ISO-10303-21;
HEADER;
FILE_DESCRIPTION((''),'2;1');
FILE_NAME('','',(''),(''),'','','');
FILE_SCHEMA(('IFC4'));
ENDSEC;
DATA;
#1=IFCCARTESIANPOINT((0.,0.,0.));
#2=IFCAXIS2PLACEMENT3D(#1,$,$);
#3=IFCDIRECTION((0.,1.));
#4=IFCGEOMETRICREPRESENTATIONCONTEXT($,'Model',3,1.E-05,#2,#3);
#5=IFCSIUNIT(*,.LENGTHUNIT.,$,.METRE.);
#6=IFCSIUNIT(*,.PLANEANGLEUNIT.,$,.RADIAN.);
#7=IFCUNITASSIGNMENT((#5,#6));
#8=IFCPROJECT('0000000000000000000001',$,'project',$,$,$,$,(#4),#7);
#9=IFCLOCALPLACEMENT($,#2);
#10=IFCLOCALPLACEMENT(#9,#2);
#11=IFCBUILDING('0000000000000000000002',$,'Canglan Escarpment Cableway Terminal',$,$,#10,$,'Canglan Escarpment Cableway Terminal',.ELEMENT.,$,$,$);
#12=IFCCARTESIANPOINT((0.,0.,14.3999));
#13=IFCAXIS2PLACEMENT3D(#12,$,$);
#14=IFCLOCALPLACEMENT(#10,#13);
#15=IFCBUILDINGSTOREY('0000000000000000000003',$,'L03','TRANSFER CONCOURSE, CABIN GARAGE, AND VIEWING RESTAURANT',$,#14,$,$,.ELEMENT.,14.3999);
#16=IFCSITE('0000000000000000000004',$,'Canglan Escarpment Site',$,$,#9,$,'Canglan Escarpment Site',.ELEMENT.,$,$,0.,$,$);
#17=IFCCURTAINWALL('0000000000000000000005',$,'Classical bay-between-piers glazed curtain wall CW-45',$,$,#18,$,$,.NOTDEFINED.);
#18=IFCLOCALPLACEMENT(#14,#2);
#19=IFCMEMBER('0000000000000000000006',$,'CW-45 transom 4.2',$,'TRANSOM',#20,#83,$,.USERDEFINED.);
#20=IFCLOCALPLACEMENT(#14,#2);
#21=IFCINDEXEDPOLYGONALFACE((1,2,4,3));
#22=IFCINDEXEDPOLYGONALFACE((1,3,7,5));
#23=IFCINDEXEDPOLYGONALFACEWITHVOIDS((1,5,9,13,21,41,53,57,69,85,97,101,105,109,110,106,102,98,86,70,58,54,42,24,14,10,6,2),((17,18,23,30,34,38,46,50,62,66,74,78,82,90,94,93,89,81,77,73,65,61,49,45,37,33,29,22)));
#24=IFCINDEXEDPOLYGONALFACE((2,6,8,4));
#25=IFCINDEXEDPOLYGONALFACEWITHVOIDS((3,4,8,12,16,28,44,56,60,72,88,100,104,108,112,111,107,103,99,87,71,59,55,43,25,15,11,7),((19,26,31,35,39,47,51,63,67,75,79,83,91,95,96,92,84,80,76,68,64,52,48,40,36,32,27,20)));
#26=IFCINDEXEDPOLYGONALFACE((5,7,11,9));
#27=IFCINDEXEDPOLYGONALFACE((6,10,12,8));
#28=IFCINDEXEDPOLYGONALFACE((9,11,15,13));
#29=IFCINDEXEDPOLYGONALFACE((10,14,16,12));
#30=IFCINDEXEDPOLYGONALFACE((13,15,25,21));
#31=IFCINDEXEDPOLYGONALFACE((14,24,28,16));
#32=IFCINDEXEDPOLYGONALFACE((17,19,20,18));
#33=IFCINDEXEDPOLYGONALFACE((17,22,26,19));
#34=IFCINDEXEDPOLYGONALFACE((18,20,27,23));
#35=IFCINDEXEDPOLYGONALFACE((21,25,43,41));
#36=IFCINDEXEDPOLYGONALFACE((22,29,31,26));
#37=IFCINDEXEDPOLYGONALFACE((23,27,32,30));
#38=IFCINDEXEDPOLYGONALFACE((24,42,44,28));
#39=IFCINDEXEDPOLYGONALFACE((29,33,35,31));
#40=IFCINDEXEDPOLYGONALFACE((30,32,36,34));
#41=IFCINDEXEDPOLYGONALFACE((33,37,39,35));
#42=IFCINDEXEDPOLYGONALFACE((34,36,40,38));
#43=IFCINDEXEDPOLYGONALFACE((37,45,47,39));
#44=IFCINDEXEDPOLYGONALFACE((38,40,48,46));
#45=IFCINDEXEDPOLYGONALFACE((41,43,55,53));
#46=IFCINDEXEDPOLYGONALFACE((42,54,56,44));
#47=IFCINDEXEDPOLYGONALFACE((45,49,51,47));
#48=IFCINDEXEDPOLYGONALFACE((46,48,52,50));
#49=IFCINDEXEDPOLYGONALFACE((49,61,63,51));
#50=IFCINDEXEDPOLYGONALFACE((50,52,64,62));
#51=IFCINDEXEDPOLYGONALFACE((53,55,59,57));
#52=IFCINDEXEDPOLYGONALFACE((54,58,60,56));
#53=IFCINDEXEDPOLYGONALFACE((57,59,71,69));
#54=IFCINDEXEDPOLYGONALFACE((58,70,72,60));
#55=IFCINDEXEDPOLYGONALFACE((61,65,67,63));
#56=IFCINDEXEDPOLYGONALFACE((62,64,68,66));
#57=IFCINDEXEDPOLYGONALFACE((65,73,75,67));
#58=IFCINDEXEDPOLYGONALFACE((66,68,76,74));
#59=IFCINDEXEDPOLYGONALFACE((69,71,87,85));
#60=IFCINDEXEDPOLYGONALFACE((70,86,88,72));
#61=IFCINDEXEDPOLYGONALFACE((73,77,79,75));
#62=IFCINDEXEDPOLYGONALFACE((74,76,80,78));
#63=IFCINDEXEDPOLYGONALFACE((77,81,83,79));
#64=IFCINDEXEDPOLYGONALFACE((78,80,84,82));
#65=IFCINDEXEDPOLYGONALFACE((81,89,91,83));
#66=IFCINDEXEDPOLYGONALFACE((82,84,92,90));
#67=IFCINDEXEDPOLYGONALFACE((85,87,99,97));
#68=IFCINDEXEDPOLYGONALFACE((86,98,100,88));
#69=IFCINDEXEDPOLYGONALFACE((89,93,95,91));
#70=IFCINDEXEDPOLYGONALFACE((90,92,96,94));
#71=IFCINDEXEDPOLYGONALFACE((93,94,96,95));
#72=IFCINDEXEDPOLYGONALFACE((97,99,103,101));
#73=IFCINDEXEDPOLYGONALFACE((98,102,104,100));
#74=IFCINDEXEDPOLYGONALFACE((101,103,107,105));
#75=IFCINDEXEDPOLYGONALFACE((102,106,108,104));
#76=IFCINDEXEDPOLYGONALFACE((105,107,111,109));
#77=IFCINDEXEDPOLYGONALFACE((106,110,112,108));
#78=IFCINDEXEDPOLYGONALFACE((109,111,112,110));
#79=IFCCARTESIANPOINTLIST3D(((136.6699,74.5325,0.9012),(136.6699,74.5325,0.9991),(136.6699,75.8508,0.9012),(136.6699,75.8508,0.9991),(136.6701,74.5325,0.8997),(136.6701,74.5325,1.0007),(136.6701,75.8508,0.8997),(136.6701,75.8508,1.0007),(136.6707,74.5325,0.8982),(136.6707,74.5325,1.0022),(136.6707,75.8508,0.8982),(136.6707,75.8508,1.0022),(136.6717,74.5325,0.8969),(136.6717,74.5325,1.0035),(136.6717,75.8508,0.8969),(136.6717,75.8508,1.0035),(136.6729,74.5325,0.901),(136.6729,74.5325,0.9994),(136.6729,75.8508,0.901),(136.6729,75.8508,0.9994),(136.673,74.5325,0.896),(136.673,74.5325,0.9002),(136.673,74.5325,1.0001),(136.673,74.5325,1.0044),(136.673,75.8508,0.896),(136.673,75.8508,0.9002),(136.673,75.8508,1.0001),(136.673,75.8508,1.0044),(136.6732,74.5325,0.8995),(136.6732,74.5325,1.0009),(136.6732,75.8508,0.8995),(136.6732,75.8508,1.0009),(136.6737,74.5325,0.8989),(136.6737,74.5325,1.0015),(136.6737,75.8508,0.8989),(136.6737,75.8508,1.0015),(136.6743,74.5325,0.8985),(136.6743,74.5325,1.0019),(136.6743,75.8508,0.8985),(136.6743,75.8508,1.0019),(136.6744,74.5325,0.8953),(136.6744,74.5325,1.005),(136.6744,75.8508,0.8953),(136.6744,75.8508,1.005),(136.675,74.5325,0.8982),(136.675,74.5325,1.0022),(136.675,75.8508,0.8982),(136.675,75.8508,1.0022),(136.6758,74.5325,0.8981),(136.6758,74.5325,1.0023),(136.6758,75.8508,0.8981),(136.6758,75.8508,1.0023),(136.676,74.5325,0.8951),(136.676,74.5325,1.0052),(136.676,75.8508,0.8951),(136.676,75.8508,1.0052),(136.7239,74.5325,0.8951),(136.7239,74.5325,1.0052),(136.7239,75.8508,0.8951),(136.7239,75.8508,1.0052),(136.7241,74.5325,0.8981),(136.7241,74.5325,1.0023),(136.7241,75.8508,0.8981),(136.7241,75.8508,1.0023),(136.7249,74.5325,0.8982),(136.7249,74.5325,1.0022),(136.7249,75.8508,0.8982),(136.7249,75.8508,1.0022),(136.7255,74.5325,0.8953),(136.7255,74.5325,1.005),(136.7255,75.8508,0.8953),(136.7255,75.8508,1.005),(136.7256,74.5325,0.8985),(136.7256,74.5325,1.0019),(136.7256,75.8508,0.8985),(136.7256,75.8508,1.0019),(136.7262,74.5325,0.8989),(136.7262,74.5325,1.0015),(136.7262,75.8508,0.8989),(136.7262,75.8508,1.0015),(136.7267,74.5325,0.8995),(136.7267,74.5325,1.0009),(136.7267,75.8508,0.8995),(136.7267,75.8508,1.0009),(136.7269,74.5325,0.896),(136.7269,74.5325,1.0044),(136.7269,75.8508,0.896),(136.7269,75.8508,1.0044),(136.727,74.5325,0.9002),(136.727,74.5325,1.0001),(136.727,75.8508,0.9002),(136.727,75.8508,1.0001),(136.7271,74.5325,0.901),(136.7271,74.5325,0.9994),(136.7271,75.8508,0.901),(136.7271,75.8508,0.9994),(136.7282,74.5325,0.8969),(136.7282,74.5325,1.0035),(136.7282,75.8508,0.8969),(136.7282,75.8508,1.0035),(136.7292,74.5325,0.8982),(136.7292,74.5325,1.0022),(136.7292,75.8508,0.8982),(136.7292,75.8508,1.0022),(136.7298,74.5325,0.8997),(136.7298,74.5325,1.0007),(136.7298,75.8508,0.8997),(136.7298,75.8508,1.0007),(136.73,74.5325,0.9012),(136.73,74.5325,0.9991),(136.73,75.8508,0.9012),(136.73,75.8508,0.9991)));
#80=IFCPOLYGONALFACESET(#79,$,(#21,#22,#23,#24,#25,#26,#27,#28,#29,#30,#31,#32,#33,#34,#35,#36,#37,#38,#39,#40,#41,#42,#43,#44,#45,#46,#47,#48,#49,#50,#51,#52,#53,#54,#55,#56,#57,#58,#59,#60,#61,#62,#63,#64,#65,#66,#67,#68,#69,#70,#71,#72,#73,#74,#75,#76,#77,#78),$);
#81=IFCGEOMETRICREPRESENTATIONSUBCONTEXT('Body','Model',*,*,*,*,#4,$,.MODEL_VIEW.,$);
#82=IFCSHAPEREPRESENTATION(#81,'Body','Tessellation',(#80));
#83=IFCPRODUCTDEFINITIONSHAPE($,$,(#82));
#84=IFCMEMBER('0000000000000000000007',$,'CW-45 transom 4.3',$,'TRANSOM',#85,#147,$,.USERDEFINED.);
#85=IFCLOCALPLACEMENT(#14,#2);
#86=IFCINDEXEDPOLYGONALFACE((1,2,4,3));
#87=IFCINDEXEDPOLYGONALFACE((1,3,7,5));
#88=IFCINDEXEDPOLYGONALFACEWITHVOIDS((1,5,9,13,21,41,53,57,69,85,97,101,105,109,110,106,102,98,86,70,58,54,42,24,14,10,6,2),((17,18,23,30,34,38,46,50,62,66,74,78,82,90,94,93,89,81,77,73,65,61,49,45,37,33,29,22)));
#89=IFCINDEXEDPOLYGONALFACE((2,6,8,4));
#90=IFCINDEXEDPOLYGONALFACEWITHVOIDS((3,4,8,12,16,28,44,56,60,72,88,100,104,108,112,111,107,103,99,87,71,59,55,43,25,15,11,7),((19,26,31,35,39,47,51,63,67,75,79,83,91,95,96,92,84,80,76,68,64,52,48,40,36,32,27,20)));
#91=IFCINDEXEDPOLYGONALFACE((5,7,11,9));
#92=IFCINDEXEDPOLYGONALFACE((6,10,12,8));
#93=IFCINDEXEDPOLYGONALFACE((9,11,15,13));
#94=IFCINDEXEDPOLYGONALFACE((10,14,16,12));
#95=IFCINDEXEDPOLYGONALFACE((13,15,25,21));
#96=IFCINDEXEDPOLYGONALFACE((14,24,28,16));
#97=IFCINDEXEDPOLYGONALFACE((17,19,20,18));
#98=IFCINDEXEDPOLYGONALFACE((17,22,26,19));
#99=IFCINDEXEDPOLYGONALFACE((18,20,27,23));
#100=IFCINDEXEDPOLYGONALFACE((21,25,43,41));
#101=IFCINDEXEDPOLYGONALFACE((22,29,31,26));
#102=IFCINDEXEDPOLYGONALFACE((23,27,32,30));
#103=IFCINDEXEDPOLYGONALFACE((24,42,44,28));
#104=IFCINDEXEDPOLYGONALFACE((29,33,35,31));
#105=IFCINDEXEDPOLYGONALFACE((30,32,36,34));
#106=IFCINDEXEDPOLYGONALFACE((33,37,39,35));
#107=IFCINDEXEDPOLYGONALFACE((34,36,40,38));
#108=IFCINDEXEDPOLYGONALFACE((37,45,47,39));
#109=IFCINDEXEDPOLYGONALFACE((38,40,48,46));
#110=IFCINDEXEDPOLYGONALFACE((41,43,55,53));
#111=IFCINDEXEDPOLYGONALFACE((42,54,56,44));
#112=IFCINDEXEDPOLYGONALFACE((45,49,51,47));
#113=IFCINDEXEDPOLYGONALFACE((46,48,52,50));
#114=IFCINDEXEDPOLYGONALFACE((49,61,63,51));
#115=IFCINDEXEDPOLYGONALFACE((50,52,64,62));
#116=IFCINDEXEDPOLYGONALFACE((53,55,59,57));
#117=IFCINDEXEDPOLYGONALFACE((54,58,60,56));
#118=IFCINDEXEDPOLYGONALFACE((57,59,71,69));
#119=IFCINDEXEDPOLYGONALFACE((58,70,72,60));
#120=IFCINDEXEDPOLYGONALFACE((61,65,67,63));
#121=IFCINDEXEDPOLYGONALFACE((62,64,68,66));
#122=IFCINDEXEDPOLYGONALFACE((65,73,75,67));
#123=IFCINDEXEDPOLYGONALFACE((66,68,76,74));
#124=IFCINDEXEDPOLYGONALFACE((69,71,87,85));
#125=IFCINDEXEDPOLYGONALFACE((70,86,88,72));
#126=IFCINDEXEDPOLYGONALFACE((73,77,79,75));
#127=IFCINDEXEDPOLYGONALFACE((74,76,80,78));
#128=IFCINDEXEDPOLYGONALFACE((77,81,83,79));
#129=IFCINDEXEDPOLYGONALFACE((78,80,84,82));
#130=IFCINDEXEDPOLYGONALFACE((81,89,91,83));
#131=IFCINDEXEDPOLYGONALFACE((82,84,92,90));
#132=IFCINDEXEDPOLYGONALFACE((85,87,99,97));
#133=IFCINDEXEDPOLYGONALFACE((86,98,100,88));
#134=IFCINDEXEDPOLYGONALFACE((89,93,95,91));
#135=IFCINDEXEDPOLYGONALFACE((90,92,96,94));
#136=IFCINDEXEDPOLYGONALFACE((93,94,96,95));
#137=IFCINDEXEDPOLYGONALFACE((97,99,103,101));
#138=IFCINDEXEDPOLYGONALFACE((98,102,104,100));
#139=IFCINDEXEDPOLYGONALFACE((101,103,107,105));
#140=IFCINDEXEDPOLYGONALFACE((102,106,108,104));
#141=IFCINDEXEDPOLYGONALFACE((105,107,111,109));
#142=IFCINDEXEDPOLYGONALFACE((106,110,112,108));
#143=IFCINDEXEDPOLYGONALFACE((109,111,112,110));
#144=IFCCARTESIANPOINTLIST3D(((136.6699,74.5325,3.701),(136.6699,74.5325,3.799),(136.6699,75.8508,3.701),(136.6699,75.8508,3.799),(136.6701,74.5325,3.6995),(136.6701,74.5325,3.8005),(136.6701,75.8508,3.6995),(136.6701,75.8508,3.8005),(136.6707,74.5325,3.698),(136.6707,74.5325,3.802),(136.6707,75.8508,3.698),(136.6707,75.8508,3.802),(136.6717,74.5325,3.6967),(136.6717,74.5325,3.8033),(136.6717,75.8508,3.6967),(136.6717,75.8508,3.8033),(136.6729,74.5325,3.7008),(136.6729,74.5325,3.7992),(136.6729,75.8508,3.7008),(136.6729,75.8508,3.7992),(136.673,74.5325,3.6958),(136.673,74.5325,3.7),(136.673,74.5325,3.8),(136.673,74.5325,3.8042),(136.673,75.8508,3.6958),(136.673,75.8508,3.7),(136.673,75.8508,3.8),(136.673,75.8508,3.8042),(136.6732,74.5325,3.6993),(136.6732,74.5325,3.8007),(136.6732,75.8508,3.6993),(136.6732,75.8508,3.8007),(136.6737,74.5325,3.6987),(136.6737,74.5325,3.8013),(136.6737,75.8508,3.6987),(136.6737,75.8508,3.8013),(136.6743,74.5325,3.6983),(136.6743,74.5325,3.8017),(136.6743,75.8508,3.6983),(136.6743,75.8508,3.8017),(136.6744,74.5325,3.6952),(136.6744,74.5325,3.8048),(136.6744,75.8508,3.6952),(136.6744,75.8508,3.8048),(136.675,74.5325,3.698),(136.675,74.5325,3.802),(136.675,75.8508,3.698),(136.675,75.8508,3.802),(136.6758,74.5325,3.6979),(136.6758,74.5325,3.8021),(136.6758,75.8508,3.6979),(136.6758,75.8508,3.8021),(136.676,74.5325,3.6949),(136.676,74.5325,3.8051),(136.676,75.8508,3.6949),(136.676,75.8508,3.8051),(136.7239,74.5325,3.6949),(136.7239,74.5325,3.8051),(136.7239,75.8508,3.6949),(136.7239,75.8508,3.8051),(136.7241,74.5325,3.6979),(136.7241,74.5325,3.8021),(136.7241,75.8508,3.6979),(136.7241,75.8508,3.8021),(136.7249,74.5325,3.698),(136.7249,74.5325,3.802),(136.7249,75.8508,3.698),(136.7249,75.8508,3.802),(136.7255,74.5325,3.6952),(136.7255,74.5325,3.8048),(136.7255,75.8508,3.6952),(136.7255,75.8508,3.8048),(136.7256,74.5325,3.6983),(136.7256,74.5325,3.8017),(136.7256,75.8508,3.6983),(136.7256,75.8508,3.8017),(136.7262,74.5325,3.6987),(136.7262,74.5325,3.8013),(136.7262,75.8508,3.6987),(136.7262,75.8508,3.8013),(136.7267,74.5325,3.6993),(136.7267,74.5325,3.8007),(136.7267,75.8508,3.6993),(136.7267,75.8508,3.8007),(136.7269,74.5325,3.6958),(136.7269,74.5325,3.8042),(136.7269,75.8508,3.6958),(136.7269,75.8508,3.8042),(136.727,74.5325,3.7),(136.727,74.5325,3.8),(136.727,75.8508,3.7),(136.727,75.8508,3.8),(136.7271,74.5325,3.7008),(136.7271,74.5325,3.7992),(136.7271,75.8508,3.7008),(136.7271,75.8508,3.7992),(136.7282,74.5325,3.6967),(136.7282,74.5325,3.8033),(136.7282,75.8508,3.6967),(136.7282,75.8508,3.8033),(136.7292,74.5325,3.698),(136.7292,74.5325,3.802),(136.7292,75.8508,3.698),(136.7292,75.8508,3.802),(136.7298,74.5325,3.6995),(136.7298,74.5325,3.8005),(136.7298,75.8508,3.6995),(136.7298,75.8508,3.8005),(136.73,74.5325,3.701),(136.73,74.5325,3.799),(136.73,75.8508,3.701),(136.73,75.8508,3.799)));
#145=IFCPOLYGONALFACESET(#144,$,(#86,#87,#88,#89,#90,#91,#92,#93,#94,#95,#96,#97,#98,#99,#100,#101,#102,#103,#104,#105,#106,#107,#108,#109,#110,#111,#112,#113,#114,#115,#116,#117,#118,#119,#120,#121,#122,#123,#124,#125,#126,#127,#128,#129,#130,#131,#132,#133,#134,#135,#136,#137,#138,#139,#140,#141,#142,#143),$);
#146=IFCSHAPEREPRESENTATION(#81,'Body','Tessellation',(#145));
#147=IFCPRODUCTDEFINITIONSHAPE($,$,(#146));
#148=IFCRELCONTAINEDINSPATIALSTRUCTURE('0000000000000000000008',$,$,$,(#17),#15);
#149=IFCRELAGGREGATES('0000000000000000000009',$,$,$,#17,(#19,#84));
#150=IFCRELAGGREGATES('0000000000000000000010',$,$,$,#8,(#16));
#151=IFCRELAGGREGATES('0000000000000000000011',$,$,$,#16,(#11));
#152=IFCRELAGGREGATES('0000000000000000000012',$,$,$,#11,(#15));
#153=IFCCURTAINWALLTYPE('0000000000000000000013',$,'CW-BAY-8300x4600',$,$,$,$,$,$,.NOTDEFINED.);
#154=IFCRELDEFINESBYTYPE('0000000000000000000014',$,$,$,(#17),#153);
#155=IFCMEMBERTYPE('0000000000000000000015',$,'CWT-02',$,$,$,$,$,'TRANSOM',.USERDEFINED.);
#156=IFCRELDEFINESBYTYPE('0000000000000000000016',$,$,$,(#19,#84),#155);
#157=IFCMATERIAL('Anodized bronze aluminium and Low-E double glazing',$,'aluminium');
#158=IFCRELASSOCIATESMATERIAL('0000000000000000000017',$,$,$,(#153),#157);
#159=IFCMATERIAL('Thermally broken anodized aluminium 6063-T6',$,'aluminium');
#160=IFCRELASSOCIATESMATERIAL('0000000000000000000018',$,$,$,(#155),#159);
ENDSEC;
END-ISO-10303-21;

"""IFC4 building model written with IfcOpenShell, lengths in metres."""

from ifc_helpers import new_model, si_unit, direction, frame, origin, origin_2d, place, context, subcontext, project, spatial, hollow_rectangle, extrude, material, material_profile, profile_set, type_object, element, aggregate, save


model = new_model("IFC4")

# Units and contexts
model_context = context("Model", 3, precision=1e-05, world=origin(), true_north=direction((0.0, 1.0)))
body_context = subcontext(model_context, "Body", "Model", "MODEL_VIEW")
ifc_project = project(units=[si_unit("LENGTHUNIT", "METRE"), si_unit("PLANEANGLEUNIT", "RADIAN")], contexts=[model_context])

# Site, building, storey
site_placement = place(None, origin())
site = spatial("IfcSite", under=ifc_project, at=site_placement, Name="Canglan Escarpment Site", LongName="Canglan Escarpment Site", CompositionType="ELEMENT", RefElevation=0.0)
building_placement = place(site_placement, origin())
building = spatial("IfcBuilding", under=site, at=building_placement, Name="Canglan Escarpment Cableway Terminal", LongName="Canglan Escarpment Cableway Terminal", CompositionType="ELEMENT")
storey_placement = place(building_placement, frame((0.0, 0.0, 14.3999)))
storey = spatial("IfcBuildingStorey", under=building, at=storey_placement, Name="L03", Description="TRANSFER CONCOURSE, CABIN GARAGE, AND VIEWING RESTAURANT", CompositionType="ELEMENT", Elevation=14.3999)

# Curtain wall, members
ifc_material_1 = material(Name="Anodized bronze aluminium and Low-E double glazing", Category="aluminium")
curtain_wall_type = type_object("IfcCurtainWallType", Name="CW-BAY-8300x4600", PredefinedType="NOTDEFINED", material=ifc_material_1)
curtain_wall_placement = place(storey_placement, origin())
curtain_wall = element("IfcCurtainWall", 1, at=curtain_wall_placement, inside=storey, type_object=curtain_wall_type, Name="Classical bay-between-piers glazed curtain wall CW-45", PredefinedType="NOTDEFINED")
ifc_material_2 = material(Name="Thermally broken anodized aluminium 6063-T6", Category="aluminium")
ifc_material_profile_1 = material_profile(ifc_material_2, hollow_rectangle(XDim=0.0601, YDim=0.1101, WallThickness=0.0029, InnerFilletRadius=0.0029, OuterFilletRadius=0.0061, at=origin_2d()), Name="ALU-TRAN 60x110x3")
ifc_profile_set_1 = profile_set([ifc_material_profile_1], Name="Thermally broken anodized aluminium 6063-T6")
member_type_1 = type_object("IfcMemberType", Name="CWT-02", ElementType="TRANSOM", PredefinedType="USERDEFINED", material=ifc_profile_set_1)
member_1_placement = place(storey_placement, frame((136.7, 74.5325, 0.9502), z_axis=(0.0, 1.0, 0.0), x_axis=(-1.0, 0.0, 0.0)))
member_1 = element("IfcMember", 2, at=member_1_placement, type_object=member_type_1, Name="CW-45 transom 4.2", ObjectType="TRANSOM", PredefinedType="USERDEFINED", context=body_context, shape_type="SweptSolid", body=[
    extrude(hollow_rectangle(XDim=0.0601, YDim=0.1101, WallThickness=0.0029, InnerFilletRadius=0.0029, OuterFilletRadius=0.0061, at=origin_2d()), origin(), (0.0, 0.0, 1.0), 1.3184),
])
member_2_placement = place(storey_placement, frame((136.7, 74.5325, 3.75), z_axis=(0.0, 1.0, 0.0), x_axis=(-1.0, 0.0, 0.0)))
member_2 = element("IfcMember", 3, at=member_2_placement, type_object=member_type_1, Name="CW-45 transom 4.3", ObjectType="TRANSOM", PredefinedType="USERDEFINED", context=body_context, shape_type="SweptSolid", body=[
    extrude(hollow_rectangle(XDim=0.0601, YDim=0.1101, WallThickness=0.0029, InnerFilletRadius=0.0029, OuterFilletRadius=0.0061, at=origin_2d()), origin(), (0.0, 0.0, 1.0), 1.3184),
])
aggregate(curtain_wall, [member_1, member_2])

save(model, "model.ifc")
